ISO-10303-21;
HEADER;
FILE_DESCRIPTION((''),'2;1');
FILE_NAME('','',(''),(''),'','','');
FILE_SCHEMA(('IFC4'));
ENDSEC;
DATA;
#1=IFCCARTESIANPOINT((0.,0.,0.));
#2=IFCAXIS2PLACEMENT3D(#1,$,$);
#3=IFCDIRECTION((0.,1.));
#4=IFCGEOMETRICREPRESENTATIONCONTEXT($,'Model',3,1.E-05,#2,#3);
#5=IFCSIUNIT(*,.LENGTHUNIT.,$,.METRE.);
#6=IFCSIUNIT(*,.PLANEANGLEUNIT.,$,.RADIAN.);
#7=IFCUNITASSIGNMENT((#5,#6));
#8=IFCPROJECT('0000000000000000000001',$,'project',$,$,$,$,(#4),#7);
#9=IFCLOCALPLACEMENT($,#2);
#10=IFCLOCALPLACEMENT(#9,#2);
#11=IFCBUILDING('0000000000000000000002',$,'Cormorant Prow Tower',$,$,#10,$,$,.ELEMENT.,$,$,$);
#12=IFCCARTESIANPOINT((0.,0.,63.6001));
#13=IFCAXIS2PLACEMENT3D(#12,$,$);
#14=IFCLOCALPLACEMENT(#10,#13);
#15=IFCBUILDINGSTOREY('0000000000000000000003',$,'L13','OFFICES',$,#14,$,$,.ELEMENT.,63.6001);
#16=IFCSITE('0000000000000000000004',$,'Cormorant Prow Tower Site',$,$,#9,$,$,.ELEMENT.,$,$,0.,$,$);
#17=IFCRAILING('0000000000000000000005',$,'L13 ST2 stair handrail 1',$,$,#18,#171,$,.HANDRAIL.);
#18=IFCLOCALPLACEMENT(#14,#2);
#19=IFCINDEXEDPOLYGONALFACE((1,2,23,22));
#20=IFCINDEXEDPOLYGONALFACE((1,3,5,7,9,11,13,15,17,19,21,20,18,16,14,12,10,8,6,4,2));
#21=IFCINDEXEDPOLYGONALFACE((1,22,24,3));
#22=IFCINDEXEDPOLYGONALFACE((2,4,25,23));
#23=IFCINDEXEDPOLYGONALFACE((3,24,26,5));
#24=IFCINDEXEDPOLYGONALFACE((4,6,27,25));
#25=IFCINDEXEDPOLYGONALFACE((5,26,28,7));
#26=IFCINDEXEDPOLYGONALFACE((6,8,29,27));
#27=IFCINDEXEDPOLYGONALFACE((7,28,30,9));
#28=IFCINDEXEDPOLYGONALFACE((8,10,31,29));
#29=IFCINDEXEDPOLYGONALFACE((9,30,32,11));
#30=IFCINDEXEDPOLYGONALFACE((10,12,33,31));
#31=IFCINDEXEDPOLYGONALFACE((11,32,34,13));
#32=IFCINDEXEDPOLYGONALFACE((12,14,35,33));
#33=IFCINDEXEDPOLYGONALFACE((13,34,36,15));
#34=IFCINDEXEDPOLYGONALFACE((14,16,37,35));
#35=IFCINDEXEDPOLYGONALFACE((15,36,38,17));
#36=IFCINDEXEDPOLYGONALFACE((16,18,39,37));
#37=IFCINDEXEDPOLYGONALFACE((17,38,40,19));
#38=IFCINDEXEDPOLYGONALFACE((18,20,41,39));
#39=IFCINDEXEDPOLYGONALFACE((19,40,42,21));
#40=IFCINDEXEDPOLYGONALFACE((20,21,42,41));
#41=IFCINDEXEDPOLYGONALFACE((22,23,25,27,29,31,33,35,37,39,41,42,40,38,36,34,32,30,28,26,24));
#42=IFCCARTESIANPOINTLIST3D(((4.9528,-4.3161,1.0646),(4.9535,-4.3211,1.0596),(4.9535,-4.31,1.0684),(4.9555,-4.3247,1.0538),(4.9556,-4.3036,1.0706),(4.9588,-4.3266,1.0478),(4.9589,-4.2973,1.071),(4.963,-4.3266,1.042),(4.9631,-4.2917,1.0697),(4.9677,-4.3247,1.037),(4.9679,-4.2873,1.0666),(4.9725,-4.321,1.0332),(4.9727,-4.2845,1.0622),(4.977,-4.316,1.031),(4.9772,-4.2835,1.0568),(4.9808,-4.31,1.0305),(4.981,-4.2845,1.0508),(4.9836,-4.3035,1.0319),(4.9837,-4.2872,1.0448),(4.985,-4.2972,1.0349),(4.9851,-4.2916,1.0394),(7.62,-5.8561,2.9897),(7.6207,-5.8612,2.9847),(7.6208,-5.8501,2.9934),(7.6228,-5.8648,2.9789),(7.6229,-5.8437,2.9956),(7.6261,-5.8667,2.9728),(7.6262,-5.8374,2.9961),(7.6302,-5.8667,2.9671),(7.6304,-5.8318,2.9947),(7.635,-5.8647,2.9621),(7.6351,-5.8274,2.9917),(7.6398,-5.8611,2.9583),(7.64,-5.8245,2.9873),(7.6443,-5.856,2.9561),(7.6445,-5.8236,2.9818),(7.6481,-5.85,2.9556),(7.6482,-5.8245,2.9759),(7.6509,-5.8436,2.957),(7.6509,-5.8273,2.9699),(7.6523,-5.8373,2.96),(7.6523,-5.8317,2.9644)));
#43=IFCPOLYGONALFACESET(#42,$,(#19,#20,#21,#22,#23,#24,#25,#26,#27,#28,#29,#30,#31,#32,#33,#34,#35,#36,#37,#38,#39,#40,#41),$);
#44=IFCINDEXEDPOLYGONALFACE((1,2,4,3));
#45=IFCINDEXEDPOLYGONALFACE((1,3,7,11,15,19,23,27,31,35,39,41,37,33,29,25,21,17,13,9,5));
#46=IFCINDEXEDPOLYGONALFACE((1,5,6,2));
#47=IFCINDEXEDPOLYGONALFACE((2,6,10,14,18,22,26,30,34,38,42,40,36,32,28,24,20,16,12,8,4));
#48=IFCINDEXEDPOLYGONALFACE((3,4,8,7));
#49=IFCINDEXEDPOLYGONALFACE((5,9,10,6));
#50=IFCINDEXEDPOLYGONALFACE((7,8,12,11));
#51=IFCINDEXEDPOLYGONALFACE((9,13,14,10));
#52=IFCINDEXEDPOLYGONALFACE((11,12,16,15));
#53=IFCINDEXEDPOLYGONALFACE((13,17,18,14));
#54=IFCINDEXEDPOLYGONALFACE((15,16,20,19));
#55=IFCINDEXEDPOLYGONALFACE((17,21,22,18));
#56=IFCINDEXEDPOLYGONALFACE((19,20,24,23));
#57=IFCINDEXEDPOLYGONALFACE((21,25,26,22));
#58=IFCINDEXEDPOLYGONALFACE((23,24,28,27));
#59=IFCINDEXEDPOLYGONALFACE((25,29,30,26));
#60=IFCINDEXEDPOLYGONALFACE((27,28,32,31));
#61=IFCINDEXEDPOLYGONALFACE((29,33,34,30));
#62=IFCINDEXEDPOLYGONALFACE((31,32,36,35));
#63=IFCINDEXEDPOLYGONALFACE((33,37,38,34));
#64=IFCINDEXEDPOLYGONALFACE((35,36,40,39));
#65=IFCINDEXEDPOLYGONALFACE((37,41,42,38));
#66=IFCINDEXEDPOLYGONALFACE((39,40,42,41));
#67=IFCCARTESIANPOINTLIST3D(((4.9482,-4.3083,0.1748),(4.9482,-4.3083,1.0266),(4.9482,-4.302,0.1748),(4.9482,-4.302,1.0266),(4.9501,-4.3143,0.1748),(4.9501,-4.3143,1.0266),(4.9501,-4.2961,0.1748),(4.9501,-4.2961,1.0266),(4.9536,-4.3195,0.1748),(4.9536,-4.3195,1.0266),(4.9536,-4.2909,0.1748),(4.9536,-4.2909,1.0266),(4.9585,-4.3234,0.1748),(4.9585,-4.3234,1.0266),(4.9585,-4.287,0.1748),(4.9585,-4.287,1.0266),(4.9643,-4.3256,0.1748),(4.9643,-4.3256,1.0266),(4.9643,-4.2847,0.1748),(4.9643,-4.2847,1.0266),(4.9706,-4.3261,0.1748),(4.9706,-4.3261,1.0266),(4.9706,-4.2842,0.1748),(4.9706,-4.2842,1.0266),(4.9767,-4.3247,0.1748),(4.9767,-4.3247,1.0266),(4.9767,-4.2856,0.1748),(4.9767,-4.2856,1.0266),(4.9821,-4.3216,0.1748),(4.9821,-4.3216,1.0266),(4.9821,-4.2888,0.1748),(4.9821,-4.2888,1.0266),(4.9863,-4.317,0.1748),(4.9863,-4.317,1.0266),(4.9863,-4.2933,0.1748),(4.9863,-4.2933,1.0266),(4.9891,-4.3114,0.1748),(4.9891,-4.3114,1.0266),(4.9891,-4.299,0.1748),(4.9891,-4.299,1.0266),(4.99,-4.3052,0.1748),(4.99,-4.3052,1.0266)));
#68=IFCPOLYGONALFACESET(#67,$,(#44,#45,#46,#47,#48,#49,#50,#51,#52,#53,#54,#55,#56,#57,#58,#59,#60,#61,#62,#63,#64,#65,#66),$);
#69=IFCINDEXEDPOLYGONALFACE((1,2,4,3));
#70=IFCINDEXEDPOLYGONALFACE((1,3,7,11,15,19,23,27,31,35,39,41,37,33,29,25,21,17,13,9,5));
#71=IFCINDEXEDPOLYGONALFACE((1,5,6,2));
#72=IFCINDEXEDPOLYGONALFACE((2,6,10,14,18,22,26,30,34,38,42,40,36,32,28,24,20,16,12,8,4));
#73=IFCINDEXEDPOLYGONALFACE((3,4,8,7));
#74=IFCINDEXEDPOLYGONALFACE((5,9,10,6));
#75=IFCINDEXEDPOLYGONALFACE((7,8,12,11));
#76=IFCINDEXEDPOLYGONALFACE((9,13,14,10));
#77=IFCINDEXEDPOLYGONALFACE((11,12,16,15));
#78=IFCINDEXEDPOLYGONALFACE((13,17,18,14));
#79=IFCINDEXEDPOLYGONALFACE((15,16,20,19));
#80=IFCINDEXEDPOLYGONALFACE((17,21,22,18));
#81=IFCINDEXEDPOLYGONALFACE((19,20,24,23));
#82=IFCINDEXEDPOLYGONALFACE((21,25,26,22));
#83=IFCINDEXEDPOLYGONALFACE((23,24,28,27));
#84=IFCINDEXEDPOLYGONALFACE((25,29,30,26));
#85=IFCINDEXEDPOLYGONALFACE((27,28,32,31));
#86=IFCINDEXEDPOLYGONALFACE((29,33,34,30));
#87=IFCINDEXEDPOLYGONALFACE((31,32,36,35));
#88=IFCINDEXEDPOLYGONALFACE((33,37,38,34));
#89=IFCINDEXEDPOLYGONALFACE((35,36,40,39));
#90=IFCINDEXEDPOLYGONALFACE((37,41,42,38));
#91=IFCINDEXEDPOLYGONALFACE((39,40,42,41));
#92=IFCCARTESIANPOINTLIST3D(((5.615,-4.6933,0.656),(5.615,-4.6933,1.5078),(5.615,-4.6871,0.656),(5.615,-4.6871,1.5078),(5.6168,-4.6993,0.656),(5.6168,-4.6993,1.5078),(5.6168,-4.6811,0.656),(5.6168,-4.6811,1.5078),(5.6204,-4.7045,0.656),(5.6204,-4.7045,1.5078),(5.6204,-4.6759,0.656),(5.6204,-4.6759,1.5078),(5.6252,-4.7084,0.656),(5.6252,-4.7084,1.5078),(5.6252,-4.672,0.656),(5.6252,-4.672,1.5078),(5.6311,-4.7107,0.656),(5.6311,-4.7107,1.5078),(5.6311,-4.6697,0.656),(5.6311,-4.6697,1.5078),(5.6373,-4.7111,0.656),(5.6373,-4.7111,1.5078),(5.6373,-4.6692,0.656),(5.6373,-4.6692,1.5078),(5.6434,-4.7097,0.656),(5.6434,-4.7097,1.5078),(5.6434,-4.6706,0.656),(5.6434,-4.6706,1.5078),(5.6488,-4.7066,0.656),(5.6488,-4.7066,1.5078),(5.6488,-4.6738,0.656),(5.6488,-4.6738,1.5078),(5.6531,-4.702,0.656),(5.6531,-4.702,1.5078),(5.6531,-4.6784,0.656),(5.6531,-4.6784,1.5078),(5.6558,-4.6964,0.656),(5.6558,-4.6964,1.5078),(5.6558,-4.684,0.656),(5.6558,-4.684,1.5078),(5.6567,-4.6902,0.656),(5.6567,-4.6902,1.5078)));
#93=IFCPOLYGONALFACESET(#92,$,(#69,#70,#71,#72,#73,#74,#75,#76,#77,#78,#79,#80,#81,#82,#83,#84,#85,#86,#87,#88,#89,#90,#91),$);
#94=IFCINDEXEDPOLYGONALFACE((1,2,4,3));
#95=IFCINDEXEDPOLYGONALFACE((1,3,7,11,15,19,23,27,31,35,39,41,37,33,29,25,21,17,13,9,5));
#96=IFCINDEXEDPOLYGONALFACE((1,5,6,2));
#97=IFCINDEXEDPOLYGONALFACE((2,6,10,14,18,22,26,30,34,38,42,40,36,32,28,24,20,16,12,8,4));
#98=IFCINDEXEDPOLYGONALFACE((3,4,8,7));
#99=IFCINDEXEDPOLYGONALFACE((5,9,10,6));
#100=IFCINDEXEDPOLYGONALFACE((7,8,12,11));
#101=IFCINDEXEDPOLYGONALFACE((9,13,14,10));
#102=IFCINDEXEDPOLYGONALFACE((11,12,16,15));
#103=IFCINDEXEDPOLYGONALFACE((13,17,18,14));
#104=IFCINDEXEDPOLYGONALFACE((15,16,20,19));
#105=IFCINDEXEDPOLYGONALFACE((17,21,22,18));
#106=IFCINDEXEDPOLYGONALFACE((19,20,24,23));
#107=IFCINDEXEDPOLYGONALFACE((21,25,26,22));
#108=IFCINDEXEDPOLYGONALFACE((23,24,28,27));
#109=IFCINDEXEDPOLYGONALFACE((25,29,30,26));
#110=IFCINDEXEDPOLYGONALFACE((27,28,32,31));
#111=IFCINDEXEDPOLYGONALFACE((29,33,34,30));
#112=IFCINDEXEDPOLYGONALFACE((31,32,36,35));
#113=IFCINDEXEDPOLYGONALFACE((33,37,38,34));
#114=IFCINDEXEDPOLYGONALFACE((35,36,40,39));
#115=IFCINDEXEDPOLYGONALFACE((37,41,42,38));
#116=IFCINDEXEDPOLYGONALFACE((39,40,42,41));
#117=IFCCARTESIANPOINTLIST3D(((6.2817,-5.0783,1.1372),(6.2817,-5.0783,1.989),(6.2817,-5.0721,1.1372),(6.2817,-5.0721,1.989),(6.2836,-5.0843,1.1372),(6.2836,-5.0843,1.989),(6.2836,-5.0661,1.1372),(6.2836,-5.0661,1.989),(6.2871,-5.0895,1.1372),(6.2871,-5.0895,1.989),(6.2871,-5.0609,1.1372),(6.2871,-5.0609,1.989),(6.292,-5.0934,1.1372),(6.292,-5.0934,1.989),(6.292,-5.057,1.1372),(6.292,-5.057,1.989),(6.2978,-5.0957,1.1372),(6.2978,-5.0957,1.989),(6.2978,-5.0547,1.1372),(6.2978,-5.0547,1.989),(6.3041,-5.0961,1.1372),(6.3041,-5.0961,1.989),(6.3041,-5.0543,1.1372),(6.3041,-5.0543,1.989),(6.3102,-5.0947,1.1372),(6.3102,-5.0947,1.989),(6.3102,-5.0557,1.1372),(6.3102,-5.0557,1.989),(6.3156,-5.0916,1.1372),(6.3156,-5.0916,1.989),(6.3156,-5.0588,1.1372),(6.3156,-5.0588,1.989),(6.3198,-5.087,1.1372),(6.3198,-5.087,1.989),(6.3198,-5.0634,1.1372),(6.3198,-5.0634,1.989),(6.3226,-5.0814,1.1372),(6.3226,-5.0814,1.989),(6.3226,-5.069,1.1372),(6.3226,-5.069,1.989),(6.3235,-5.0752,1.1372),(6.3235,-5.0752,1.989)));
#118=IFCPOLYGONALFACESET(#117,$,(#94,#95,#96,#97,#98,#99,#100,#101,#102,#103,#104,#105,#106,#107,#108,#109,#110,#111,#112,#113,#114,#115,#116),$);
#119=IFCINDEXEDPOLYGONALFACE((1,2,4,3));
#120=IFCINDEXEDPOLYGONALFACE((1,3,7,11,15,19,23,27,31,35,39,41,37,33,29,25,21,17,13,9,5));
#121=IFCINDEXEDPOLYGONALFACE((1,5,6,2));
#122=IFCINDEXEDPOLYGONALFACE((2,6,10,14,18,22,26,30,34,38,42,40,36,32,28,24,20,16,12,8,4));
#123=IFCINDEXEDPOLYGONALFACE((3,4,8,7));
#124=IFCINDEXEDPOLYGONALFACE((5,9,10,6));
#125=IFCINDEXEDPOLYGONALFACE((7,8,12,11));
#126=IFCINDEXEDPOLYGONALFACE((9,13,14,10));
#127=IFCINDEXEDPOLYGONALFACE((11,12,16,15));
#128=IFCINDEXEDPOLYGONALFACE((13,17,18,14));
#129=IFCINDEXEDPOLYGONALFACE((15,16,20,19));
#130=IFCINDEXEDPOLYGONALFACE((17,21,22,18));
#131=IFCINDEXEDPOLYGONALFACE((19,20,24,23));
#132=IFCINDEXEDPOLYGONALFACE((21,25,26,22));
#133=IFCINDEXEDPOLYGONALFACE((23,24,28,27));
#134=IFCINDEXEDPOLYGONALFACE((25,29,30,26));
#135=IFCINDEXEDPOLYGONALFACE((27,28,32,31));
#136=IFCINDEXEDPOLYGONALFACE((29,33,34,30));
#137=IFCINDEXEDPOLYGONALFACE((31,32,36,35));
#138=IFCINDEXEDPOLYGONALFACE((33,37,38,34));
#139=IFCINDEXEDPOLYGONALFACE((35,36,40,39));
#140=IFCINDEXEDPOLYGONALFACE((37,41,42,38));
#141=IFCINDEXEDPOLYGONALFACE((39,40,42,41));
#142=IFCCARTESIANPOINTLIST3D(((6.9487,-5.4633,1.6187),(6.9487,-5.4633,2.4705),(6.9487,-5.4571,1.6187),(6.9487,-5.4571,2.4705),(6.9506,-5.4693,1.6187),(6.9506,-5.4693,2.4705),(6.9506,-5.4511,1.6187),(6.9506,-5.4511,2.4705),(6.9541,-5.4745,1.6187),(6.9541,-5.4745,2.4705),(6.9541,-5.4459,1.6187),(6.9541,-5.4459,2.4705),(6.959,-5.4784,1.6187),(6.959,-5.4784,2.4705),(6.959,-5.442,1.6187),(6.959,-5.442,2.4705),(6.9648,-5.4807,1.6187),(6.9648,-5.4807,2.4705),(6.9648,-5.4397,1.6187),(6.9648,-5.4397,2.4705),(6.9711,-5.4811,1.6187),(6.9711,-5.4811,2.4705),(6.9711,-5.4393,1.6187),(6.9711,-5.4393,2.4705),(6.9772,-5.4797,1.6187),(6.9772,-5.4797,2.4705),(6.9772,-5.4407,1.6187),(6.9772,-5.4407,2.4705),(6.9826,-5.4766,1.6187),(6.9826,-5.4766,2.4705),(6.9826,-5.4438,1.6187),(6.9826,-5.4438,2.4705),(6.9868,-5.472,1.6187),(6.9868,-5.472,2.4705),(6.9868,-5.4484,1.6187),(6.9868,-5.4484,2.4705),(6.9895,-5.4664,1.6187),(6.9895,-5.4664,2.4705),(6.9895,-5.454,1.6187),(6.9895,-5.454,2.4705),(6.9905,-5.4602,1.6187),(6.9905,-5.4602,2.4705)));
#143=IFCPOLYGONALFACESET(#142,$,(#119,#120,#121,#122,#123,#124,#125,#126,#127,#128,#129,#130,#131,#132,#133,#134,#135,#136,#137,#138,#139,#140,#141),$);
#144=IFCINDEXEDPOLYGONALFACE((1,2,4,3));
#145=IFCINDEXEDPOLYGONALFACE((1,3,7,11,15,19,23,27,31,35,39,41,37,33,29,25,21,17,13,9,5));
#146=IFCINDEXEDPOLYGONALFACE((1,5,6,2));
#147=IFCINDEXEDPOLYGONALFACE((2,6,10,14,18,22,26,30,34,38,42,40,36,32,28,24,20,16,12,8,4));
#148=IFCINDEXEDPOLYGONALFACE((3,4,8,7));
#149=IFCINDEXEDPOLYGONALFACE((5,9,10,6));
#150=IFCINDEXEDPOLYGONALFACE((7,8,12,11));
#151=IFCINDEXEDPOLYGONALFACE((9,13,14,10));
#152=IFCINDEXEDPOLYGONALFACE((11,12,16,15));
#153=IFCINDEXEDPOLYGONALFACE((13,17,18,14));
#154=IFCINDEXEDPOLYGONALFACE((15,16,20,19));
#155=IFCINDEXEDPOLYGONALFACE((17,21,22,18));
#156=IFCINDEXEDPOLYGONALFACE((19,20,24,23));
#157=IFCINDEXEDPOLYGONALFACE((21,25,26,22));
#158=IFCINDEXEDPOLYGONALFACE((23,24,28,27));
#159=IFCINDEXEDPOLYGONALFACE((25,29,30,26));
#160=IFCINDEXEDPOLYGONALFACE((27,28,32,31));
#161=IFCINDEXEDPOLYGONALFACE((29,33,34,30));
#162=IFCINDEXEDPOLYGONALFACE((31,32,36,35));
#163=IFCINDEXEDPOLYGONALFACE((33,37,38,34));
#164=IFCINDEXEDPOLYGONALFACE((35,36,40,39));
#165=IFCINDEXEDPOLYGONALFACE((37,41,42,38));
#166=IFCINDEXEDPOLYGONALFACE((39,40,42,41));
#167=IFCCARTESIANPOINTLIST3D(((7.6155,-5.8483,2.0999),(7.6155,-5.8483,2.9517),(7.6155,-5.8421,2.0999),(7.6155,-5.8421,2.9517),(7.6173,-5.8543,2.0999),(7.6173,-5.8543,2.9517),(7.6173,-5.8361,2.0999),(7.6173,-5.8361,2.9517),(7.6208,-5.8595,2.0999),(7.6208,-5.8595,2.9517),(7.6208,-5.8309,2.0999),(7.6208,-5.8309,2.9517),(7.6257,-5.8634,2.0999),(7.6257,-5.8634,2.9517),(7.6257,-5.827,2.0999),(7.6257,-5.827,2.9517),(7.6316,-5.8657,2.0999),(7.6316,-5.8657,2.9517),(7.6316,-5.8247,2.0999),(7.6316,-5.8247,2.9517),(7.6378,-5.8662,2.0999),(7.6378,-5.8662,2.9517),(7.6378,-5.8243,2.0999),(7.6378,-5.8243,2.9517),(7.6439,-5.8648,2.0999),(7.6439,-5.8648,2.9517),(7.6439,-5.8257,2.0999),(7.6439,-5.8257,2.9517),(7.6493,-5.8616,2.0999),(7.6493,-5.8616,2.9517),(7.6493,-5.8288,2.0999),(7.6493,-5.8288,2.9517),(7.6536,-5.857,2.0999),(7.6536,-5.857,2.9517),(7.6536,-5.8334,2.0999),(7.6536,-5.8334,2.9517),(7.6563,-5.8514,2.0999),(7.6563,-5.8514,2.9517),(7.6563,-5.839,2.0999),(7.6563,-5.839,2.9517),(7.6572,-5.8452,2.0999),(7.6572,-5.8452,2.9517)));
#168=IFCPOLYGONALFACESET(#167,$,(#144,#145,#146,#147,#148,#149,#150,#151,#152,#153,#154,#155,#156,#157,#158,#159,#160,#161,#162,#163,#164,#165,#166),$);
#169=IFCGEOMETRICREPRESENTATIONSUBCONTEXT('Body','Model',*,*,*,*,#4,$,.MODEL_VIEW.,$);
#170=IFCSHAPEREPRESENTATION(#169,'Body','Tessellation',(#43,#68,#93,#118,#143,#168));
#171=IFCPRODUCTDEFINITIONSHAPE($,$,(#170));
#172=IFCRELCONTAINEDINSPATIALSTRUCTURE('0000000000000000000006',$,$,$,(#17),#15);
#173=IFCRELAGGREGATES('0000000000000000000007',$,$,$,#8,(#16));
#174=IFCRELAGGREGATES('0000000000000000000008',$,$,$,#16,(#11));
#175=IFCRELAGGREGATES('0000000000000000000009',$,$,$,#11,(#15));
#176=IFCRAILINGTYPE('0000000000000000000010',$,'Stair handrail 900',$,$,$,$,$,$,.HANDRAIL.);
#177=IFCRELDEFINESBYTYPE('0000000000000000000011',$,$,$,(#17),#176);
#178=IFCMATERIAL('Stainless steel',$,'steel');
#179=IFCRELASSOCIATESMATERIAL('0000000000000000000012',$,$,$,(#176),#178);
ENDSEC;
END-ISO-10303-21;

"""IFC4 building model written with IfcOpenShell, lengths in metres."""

from ifc_helpers import new_model, si_unit, direction, frame, origin, origin_2d, place, context, subcontext, project, spatial, circle, extrude, material, type_object, element, save


model = new_model("IFC4")

# Units and contexts
model_context = context("Model", 3, precision=1e-05, world=origin(), true_north=direction((0.0, 1.0)))
body_context = subcontext(model_context, "Body", "Model", "MODEL_VIEW")
ifc_project = project(units=[si_unit("LENGTHUNIT", "METRE"), si_unit("PLANEANGLEUNIT", "RADIAN")], contexts=[model_context])

# Site, building, storey
site_placement = place(None, origin())
site = spatial("IfcSite", under=ifc_project, at=site_placement, Name="Cormorant Prow Tower Site", CompositionType="ELEMENT", RefElevation=0.0)
building_placement = place(site_placement, origin())
building = spatial("IfcBuilding", under=site, at=building_placement, Name="Cormorant Prow Tower", CompositionType="ELEMENT")
storey_placement = place(building_placement, frame((0.0, 0.0, 63.6001)))
storey = spatial("IfcBuildingStorey", under=building, at=storey_placement, Name="L13", Description="OFFICES", CompositionType="ELEMENT", Elevation=63.6001)

# Railing
ifc_material_1 = material(Name="Stainless steel", Category="steel")
railing_type_1 = type_object("IfcRailingType", Name="Stair handrail 900", PredefinedType="HANDRAIL", material=ifc_material_1)
railing_1_placement = place(storey_placement, frame((4.969, -4.3052, 0.1748)))
element("IfcRailing", 1, at=railing_1_placement, inside=storey, type_object=railing_type_1, Name="L13 ST2 stair handrail 1", PredefinedType="HANDRAIL", context=body_context, shape_type="SweptSolid", body=[
    extrude(circle(Radius=0.0239, at=origin_2d()), frame((0.0, 0.0, 0.876), z_axis=(0.734364, -0.424015, 0.530019), x_axis=(0.500027, 0.86601, 0.0)), (0.0, 0.0, 1.0), 3.6321),
    extrude(circle(Radius=0.021, at=origin_2d()), origin(), (0.0, 0.0, 1.0), 0.8518),
    extrude(circle(Radius=0.021, at=origin_2d()), frame((0.6667, -0.385, 0.4812)), (0.0, 0.0, 1.0), 0.8518),
    extrude(circle(Radius=0.021, at=origin_2d()), frame((1.3335, -0.77, 0.9624)), (0.0, 0.0, 1.0), 0.8518),
    extrude(circle(Radius=0.021, at=origin_2d()), frame((2.0005, -1.155, 1.4438)), (0.0, 0.0, 1.0), 0.8518),
    extrude(circle(Radius=0.021, at=origin_2d()), frame((2.6672, -1.54, 1.925)), (0.0, 0.0, 1.0), 0.8518),
])

save(model, "model.ifc")
